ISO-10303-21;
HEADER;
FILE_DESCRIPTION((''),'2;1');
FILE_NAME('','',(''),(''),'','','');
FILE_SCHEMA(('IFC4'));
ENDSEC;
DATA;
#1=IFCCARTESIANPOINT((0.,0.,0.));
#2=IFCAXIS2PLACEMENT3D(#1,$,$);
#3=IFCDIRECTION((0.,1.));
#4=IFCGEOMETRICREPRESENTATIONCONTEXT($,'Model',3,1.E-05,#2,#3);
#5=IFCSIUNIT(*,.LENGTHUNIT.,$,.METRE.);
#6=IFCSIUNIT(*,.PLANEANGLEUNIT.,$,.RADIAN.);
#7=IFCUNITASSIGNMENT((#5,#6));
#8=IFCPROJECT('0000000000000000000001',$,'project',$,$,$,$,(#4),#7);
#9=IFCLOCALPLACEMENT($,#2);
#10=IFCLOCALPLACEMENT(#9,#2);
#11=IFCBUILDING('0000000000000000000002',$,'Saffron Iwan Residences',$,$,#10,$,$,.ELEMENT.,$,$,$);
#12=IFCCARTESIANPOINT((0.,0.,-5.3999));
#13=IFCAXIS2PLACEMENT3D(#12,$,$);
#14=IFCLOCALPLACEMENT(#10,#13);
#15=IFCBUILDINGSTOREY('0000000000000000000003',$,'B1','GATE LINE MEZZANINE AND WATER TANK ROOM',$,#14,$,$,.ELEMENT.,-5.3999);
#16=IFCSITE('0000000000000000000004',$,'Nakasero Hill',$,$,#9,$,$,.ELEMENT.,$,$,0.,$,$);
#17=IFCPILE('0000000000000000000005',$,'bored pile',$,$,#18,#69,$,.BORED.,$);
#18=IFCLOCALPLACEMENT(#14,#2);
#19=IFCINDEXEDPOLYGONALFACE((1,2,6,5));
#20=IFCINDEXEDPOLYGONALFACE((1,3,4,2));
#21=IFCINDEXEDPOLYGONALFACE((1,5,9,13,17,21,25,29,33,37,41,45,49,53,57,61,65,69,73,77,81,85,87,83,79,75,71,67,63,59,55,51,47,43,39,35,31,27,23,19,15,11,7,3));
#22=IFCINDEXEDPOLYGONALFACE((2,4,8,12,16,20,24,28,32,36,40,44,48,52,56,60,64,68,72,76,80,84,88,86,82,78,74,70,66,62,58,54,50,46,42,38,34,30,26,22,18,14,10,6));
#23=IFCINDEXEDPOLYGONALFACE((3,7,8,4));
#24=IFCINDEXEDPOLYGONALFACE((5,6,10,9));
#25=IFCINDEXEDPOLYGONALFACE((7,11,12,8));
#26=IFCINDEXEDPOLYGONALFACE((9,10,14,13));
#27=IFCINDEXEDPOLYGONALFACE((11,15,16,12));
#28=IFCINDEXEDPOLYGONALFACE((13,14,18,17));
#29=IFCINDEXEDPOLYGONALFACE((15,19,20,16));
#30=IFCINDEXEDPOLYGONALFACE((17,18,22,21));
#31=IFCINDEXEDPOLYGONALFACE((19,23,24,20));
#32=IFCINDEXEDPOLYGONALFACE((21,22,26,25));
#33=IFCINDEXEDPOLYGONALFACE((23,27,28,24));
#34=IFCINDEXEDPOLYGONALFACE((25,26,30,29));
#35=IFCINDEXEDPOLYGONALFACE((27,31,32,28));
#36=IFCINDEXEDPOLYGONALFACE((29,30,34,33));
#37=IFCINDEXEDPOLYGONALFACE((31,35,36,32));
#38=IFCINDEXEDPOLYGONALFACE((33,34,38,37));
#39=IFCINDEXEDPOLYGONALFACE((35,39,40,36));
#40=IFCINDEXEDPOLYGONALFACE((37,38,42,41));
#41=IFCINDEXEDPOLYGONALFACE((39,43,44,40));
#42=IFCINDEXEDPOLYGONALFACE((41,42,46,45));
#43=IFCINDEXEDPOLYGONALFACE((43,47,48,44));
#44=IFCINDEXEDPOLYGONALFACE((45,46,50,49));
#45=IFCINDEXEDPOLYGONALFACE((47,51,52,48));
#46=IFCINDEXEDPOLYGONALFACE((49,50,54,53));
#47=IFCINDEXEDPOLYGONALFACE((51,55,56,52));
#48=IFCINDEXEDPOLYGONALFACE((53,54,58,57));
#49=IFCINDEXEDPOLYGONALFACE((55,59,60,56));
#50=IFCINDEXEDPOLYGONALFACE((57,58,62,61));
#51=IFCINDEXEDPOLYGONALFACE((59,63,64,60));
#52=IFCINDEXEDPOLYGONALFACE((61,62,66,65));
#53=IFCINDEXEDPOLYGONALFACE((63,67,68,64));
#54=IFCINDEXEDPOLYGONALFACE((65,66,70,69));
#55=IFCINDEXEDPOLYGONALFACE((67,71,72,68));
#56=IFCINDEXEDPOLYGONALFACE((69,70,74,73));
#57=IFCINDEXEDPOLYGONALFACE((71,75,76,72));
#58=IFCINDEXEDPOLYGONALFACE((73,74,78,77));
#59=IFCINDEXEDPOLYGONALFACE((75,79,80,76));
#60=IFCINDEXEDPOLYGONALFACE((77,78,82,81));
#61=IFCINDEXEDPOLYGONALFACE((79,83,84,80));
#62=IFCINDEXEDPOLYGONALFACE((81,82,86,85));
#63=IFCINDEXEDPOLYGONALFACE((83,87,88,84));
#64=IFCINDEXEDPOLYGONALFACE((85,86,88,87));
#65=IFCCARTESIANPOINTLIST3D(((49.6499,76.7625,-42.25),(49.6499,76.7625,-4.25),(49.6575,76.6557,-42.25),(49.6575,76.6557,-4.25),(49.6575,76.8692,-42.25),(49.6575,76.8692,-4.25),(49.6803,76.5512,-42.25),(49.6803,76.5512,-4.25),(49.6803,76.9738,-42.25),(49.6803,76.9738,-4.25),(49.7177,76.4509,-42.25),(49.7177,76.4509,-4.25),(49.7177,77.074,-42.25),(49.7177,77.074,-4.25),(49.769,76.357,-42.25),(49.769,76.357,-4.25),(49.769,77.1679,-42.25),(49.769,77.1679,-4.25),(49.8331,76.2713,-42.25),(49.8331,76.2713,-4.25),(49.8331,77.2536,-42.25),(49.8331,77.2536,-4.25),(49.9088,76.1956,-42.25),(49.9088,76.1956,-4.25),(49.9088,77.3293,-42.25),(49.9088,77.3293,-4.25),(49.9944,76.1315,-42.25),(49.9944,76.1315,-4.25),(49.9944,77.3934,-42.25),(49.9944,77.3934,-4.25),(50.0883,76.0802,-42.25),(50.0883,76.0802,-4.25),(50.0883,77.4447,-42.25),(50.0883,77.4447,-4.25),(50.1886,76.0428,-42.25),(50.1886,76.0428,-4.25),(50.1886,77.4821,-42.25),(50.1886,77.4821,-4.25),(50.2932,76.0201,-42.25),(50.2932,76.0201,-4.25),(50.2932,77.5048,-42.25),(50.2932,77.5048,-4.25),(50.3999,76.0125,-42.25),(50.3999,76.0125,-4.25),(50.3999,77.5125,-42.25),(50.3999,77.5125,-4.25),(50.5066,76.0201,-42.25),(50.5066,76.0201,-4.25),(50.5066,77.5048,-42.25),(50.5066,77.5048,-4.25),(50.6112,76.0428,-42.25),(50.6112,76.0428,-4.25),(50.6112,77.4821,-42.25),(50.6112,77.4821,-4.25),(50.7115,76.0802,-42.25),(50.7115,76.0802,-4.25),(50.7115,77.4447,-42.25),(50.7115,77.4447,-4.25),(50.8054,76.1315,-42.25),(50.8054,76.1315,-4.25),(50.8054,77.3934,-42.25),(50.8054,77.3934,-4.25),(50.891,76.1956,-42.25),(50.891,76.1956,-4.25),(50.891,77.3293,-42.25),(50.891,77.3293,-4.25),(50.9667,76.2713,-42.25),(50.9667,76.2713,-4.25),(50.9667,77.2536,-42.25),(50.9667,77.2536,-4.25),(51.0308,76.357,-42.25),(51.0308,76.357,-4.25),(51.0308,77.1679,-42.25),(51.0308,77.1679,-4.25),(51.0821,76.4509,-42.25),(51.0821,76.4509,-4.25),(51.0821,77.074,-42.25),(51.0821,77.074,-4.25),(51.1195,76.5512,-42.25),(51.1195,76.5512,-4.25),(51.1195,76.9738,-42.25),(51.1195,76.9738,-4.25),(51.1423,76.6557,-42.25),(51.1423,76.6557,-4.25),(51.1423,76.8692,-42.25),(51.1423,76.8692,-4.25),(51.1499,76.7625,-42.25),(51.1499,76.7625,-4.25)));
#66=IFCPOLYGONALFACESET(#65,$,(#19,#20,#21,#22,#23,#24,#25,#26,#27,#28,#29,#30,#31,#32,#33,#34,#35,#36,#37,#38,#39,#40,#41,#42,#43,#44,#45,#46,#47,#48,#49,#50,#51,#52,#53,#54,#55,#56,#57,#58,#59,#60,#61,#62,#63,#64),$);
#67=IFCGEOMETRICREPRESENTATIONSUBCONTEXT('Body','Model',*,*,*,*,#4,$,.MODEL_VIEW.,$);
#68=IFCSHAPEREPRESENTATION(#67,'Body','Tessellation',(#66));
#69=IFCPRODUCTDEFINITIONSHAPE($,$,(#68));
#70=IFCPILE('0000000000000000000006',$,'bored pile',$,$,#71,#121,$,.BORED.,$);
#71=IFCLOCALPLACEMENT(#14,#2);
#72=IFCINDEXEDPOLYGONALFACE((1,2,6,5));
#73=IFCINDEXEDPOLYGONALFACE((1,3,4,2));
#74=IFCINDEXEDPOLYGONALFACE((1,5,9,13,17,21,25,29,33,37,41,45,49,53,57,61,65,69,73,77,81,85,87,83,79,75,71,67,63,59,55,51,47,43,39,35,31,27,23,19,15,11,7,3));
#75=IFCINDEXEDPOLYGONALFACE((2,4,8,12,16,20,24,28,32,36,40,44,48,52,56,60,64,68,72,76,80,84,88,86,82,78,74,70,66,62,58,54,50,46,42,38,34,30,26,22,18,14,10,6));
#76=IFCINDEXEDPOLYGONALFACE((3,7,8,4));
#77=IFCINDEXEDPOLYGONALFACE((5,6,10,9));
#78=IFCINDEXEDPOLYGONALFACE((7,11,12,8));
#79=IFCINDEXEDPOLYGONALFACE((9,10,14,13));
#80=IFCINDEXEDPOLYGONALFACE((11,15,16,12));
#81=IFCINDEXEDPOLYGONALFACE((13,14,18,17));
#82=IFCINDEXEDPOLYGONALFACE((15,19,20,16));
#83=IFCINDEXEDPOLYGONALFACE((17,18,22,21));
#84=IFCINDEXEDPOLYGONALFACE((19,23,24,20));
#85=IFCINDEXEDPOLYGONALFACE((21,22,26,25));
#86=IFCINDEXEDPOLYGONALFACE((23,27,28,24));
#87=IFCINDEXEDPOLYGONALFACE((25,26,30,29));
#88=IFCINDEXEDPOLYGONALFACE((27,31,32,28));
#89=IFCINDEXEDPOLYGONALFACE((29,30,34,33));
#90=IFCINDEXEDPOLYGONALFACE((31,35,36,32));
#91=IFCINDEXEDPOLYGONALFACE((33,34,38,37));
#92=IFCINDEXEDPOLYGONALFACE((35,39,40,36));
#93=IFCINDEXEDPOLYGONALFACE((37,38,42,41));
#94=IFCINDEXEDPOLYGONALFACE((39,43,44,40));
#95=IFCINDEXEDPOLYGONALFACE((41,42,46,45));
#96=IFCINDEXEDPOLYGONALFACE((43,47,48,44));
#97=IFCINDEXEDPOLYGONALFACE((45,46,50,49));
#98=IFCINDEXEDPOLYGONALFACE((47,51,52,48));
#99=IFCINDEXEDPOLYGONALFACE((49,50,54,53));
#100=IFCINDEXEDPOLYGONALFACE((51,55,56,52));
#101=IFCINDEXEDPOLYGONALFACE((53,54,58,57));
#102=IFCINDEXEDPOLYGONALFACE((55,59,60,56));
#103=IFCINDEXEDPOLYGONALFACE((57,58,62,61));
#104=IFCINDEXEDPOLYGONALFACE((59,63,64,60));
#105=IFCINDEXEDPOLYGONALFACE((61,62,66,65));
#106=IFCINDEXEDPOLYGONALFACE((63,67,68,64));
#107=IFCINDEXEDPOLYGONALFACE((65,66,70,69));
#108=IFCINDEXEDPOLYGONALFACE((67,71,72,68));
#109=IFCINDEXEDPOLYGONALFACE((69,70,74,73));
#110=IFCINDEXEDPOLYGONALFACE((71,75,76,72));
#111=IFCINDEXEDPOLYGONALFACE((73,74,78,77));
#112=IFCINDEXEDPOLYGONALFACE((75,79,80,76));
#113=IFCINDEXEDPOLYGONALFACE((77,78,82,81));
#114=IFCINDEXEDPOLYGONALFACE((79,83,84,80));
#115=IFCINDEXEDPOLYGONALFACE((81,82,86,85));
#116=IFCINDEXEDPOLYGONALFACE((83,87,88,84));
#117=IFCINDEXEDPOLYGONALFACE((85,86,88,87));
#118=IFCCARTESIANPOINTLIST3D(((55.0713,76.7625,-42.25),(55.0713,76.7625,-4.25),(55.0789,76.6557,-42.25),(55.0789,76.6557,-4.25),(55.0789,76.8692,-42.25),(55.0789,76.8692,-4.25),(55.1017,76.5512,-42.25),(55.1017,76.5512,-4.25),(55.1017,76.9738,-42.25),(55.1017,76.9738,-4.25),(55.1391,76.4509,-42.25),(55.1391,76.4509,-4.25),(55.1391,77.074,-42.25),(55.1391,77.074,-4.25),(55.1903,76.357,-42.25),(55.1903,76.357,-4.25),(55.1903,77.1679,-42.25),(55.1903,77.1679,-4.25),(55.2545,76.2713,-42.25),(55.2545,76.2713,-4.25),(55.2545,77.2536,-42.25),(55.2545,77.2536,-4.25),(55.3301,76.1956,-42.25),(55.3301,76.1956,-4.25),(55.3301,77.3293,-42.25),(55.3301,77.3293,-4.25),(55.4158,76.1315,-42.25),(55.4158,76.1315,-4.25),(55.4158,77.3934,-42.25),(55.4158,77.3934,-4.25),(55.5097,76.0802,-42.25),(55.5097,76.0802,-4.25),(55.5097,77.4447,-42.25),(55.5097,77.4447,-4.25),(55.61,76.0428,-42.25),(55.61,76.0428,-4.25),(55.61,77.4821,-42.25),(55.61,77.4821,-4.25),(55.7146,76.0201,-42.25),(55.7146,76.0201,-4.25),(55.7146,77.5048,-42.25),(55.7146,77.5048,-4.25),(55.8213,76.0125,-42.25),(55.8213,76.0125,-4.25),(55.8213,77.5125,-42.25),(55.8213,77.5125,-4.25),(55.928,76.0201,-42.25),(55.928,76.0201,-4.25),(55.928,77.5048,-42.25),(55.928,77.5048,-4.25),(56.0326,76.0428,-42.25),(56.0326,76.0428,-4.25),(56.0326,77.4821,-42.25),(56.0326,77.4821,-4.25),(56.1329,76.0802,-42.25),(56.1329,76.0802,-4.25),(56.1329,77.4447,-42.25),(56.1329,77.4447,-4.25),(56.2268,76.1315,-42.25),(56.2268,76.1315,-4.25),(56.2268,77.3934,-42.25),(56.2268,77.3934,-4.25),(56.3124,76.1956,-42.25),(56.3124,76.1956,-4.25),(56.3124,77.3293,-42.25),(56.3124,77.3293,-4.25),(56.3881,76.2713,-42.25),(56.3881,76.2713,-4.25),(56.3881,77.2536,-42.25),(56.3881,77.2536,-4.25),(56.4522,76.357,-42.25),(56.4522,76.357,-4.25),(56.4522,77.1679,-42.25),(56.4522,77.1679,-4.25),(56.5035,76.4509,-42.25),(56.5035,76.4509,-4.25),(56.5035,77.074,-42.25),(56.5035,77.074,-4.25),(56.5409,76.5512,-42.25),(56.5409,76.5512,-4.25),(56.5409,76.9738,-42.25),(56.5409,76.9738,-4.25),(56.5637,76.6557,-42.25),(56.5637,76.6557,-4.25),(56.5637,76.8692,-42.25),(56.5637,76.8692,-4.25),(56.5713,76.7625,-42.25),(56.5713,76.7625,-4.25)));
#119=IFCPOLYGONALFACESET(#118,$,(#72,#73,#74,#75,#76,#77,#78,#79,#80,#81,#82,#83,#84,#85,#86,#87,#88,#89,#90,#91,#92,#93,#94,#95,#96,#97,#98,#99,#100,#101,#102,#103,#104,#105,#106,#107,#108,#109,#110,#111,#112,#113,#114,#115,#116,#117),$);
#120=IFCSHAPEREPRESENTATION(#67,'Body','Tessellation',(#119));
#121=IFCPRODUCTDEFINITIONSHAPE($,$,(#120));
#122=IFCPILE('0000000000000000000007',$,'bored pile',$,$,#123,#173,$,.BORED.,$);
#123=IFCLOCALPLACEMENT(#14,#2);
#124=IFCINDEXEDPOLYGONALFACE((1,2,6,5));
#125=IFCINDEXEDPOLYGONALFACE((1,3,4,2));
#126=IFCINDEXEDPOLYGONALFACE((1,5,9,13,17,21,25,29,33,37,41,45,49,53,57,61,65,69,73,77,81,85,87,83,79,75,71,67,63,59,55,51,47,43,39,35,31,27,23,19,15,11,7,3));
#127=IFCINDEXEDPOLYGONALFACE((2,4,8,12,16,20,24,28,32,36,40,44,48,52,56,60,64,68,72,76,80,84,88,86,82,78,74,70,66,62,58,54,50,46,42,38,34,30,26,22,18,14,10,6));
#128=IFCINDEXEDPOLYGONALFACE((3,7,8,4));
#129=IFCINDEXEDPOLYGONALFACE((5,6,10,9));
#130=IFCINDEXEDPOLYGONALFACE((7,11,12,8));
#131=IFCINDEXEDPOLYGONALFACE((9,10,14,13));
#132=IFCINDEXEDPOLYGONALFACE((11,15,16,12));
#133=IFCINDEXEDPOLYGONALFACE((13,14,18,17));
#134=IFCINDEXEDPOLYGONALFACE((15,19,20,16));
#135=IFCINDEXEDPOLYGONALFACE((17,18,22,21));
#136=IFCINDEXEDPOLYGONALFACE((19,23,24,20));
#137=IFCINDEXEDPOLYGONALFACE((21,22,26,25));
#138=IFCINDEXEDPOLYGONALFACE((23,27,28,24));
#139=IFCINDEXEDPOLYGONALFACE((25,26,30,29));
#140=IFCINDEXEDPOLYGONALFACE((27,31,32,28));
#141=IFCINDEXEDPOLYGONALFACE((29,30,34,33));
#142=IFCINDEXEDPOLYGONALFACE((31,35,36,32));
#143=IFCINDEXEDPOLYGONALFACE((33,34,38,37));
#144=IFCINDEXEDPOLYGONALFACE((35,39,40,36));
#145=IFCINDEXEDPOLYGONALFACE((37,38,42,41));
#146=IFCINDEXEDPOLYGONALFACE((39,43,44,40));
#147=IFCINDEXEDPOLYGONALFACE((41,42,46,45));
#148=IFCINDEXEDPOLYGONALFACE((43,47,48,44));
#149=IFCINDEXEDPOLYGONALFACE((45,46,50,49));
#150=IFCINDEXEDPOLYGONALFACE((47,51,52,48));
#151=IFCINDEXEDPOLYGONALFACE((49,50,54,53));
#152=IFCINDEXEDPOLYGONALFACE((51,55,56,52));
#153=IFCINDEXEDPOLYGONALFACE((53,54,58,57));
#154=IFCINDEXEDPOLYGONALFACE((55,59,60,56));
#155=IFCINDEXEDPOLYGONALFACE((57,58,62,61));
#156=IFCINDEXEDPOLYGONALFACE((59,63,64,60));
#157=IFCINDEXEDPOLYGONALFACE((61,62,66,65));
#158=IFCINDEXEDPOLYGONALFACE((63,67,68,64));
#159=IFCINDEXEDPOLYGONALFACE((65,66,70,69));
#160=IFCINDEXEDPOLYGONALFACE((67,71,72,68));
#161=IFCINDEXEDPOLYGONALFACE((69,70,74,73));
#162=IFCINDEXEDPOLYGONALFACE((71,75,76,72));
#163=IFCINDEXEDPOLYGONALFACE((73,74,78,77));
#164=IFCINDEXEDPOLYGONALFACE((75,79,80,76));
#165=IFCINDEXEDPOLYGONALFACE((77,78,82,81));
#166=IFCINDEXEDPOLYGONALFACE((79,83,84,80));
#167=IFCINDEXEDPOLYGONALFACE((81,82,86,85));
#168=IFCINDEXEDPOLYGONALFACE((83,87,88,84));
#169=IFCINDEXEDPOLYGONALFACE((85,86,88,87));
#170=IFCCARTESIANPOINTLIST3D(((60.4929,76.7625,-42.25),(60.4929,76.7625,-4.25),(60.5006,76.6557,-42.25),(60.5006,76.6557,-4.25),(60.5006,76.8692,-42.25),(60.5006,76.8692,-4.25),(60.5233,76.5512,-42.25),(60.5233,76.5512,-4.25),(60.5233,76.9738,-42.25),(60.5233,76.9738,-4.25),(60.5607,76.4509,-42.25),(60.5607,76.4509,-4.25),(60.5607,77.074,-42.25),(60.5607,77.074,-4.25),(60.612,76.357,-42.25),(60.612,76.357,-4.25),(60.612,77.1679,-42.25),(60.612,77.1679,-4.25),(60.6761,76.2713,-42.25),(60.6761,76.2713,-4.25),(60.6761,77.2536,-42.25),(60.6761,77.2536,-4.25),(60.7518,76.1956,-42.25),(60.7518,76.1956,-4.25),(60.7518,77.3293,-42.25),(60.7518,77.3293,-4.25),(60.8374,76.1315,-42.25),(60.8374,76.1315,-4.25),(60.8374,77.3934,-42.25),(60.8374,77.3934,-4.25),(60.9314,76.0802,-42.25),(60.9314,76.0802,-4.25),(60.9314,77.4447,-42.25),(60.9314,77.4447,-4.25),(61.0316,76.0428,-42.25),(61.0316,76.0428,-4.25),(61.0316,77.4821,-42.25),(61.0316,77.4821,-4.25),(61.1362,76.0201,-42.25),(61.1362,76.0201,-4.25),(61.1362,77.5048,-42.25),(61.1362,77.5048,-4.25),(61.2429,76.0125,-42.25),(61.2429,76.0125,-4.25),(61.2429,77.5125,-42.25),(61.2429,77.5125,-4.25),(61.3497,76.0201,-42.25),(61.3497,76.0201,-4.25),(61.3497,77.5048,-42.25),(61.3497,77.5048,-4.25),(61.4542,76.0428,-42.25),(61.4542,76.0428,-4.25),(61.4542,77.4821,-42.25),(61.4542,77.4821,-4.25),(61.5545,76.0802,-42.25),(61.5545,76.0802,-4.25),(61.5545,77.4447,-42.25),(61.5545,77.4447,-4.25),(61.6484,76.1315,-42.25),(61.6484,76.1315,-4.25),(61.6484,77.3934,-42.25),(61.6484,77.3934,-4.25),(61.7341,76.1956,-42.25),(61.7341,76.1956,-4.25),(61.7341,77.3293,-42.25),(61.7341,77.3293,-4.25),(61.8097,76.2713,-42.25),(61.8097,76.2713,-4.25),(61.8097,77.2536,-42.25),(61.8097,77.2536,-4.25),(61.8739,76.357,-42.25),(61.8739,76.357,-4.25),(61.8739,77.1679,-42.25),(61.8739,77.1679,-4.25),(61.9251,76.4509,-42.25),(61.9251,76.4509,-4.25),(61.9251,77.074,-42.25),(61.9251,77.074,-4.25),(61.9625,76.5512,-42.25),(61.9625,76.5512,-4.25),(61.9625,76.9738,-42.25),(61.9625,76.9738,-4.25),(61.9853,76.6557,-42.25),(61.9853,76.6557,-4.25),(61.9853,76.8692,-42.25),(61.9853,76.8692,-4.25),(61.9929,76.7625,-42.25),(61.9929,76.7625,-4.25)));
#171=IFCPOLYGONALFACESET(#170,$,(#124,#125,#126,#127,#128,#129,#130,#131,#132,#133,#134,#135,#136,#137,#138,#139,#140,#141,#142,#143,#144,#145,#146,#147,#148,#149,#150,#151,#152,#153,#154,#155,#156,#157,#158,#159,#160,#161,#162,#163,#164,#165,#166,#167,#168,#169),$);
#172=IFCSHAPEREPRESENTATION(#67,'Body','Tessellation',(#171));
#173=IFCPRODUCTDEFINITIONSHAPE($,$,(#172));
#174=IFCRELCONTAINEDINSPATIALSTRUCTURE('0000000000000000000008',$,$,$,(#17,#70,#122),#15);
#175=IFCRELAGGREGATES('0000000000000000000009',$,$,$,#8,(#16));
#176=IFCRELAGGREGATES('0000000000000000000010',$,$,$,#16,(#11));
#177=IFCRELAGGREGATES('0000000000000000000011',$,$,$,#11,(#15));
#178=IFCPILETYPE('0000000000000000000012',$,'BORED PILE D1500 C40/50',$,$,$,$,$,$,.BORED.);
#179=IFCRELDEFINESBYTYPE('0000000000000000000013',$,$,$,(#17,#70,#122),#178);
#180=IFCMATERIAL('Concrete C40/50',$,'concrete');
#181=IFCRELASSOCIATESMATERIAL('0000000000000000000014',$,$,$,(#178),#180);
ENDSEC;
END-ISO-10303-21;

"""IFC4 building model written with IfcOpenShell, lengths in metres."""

from ifc_helpers import new_model, si_unit, direction, frame, origin, origin_2d, place, context, subcontext, project, spatial, circle, extrude, material, material_profile, profile_set, type_object, element, save


model = new_model("IFC4")

# Units and contexts
model_context = context("Model", 3, precision=1e-05, world=origin(), true_north=direction((0.0, 1.0)))
body_context = subcontext(model_context, "Body", "Model", "MODEL_VIEW")
ifc_project = project(units=[si_unit("LENGTHUNIT", "METRE"), si_unit("PLANEANGLEUNIT", "RADIAN")], contexts=[model_context])

# Site, building, storey
site_placement = place(None, origin())
site = spatial("IfcSite", under=ifc_project, at=site_placement, Name="Nakasero Hill", CompositionType="ELEMENT", RefElevation=0.0)
building_placement = place(site_placement, origin())
building = spatial("IfcBuilding", under=site, at=building_placement, Name="Saffron Iwan Residences", CompositionType="ELEMENT")
storey_placement = place(building_placement, frame((0.0, 0.0, -5.3999)))
storey = spatial("IfcBuildingStorey", under=building, at=storey_placement, Name="B1", Description="GATE LINE MEZZANINE AND WATER TANK ROOM", CompositionType="ELEMENT", Elevation=-5.3999)

# Piles
ifc_material_1 = material(Name="Concrete C40/50", Category="concrete")
ifc_material_profile_1 = material_profile(ifc_material_1, circle(Radius=0.75, at=origin_2d()), Name="RC D1500")
ifc_profile_set_1 = profile_set([ifc_material_profile_1], Name="Concrete C40/50")
pile_type = type_object("IfcPileType", Name="BORED PILE D1500 C40/50", PredefinedType="BORED", material=ifc_profile_set_1)
for number, where, z_axis, x_axis, name in (
    (1, (50.3999, 76.7625, -4.25), (0.0, 0.0, -1.0), (1.0, 0.0, 0.0), "bored pile"),
    (2, (55.8213, 76.7625, -4.25), (0.0, 0.0, -1.0), (1.0, 0.0, 0.0), "bored pile"),
    (3, (61.2429, 76.7625, -4.25), (0.0, 0.0, -1.0), (1.0, 0.0, 0.0), "bored pile"),
):
    element("IfcPile", number, at=place(storey_placement, frame(where, z_axis=z_axis, x_axis=x_axis)), inside=storey, type_object=pile_type, Name=name, PredefinedType="BORED", context=body_context, shape_type="SweptSolid", body=[
        extrude(circle(Radius=0.75, at=origin_2d()), origin(), (0.0, 0.0, 1.0), 38.0),
    ])

save(model, "model.ifc")
